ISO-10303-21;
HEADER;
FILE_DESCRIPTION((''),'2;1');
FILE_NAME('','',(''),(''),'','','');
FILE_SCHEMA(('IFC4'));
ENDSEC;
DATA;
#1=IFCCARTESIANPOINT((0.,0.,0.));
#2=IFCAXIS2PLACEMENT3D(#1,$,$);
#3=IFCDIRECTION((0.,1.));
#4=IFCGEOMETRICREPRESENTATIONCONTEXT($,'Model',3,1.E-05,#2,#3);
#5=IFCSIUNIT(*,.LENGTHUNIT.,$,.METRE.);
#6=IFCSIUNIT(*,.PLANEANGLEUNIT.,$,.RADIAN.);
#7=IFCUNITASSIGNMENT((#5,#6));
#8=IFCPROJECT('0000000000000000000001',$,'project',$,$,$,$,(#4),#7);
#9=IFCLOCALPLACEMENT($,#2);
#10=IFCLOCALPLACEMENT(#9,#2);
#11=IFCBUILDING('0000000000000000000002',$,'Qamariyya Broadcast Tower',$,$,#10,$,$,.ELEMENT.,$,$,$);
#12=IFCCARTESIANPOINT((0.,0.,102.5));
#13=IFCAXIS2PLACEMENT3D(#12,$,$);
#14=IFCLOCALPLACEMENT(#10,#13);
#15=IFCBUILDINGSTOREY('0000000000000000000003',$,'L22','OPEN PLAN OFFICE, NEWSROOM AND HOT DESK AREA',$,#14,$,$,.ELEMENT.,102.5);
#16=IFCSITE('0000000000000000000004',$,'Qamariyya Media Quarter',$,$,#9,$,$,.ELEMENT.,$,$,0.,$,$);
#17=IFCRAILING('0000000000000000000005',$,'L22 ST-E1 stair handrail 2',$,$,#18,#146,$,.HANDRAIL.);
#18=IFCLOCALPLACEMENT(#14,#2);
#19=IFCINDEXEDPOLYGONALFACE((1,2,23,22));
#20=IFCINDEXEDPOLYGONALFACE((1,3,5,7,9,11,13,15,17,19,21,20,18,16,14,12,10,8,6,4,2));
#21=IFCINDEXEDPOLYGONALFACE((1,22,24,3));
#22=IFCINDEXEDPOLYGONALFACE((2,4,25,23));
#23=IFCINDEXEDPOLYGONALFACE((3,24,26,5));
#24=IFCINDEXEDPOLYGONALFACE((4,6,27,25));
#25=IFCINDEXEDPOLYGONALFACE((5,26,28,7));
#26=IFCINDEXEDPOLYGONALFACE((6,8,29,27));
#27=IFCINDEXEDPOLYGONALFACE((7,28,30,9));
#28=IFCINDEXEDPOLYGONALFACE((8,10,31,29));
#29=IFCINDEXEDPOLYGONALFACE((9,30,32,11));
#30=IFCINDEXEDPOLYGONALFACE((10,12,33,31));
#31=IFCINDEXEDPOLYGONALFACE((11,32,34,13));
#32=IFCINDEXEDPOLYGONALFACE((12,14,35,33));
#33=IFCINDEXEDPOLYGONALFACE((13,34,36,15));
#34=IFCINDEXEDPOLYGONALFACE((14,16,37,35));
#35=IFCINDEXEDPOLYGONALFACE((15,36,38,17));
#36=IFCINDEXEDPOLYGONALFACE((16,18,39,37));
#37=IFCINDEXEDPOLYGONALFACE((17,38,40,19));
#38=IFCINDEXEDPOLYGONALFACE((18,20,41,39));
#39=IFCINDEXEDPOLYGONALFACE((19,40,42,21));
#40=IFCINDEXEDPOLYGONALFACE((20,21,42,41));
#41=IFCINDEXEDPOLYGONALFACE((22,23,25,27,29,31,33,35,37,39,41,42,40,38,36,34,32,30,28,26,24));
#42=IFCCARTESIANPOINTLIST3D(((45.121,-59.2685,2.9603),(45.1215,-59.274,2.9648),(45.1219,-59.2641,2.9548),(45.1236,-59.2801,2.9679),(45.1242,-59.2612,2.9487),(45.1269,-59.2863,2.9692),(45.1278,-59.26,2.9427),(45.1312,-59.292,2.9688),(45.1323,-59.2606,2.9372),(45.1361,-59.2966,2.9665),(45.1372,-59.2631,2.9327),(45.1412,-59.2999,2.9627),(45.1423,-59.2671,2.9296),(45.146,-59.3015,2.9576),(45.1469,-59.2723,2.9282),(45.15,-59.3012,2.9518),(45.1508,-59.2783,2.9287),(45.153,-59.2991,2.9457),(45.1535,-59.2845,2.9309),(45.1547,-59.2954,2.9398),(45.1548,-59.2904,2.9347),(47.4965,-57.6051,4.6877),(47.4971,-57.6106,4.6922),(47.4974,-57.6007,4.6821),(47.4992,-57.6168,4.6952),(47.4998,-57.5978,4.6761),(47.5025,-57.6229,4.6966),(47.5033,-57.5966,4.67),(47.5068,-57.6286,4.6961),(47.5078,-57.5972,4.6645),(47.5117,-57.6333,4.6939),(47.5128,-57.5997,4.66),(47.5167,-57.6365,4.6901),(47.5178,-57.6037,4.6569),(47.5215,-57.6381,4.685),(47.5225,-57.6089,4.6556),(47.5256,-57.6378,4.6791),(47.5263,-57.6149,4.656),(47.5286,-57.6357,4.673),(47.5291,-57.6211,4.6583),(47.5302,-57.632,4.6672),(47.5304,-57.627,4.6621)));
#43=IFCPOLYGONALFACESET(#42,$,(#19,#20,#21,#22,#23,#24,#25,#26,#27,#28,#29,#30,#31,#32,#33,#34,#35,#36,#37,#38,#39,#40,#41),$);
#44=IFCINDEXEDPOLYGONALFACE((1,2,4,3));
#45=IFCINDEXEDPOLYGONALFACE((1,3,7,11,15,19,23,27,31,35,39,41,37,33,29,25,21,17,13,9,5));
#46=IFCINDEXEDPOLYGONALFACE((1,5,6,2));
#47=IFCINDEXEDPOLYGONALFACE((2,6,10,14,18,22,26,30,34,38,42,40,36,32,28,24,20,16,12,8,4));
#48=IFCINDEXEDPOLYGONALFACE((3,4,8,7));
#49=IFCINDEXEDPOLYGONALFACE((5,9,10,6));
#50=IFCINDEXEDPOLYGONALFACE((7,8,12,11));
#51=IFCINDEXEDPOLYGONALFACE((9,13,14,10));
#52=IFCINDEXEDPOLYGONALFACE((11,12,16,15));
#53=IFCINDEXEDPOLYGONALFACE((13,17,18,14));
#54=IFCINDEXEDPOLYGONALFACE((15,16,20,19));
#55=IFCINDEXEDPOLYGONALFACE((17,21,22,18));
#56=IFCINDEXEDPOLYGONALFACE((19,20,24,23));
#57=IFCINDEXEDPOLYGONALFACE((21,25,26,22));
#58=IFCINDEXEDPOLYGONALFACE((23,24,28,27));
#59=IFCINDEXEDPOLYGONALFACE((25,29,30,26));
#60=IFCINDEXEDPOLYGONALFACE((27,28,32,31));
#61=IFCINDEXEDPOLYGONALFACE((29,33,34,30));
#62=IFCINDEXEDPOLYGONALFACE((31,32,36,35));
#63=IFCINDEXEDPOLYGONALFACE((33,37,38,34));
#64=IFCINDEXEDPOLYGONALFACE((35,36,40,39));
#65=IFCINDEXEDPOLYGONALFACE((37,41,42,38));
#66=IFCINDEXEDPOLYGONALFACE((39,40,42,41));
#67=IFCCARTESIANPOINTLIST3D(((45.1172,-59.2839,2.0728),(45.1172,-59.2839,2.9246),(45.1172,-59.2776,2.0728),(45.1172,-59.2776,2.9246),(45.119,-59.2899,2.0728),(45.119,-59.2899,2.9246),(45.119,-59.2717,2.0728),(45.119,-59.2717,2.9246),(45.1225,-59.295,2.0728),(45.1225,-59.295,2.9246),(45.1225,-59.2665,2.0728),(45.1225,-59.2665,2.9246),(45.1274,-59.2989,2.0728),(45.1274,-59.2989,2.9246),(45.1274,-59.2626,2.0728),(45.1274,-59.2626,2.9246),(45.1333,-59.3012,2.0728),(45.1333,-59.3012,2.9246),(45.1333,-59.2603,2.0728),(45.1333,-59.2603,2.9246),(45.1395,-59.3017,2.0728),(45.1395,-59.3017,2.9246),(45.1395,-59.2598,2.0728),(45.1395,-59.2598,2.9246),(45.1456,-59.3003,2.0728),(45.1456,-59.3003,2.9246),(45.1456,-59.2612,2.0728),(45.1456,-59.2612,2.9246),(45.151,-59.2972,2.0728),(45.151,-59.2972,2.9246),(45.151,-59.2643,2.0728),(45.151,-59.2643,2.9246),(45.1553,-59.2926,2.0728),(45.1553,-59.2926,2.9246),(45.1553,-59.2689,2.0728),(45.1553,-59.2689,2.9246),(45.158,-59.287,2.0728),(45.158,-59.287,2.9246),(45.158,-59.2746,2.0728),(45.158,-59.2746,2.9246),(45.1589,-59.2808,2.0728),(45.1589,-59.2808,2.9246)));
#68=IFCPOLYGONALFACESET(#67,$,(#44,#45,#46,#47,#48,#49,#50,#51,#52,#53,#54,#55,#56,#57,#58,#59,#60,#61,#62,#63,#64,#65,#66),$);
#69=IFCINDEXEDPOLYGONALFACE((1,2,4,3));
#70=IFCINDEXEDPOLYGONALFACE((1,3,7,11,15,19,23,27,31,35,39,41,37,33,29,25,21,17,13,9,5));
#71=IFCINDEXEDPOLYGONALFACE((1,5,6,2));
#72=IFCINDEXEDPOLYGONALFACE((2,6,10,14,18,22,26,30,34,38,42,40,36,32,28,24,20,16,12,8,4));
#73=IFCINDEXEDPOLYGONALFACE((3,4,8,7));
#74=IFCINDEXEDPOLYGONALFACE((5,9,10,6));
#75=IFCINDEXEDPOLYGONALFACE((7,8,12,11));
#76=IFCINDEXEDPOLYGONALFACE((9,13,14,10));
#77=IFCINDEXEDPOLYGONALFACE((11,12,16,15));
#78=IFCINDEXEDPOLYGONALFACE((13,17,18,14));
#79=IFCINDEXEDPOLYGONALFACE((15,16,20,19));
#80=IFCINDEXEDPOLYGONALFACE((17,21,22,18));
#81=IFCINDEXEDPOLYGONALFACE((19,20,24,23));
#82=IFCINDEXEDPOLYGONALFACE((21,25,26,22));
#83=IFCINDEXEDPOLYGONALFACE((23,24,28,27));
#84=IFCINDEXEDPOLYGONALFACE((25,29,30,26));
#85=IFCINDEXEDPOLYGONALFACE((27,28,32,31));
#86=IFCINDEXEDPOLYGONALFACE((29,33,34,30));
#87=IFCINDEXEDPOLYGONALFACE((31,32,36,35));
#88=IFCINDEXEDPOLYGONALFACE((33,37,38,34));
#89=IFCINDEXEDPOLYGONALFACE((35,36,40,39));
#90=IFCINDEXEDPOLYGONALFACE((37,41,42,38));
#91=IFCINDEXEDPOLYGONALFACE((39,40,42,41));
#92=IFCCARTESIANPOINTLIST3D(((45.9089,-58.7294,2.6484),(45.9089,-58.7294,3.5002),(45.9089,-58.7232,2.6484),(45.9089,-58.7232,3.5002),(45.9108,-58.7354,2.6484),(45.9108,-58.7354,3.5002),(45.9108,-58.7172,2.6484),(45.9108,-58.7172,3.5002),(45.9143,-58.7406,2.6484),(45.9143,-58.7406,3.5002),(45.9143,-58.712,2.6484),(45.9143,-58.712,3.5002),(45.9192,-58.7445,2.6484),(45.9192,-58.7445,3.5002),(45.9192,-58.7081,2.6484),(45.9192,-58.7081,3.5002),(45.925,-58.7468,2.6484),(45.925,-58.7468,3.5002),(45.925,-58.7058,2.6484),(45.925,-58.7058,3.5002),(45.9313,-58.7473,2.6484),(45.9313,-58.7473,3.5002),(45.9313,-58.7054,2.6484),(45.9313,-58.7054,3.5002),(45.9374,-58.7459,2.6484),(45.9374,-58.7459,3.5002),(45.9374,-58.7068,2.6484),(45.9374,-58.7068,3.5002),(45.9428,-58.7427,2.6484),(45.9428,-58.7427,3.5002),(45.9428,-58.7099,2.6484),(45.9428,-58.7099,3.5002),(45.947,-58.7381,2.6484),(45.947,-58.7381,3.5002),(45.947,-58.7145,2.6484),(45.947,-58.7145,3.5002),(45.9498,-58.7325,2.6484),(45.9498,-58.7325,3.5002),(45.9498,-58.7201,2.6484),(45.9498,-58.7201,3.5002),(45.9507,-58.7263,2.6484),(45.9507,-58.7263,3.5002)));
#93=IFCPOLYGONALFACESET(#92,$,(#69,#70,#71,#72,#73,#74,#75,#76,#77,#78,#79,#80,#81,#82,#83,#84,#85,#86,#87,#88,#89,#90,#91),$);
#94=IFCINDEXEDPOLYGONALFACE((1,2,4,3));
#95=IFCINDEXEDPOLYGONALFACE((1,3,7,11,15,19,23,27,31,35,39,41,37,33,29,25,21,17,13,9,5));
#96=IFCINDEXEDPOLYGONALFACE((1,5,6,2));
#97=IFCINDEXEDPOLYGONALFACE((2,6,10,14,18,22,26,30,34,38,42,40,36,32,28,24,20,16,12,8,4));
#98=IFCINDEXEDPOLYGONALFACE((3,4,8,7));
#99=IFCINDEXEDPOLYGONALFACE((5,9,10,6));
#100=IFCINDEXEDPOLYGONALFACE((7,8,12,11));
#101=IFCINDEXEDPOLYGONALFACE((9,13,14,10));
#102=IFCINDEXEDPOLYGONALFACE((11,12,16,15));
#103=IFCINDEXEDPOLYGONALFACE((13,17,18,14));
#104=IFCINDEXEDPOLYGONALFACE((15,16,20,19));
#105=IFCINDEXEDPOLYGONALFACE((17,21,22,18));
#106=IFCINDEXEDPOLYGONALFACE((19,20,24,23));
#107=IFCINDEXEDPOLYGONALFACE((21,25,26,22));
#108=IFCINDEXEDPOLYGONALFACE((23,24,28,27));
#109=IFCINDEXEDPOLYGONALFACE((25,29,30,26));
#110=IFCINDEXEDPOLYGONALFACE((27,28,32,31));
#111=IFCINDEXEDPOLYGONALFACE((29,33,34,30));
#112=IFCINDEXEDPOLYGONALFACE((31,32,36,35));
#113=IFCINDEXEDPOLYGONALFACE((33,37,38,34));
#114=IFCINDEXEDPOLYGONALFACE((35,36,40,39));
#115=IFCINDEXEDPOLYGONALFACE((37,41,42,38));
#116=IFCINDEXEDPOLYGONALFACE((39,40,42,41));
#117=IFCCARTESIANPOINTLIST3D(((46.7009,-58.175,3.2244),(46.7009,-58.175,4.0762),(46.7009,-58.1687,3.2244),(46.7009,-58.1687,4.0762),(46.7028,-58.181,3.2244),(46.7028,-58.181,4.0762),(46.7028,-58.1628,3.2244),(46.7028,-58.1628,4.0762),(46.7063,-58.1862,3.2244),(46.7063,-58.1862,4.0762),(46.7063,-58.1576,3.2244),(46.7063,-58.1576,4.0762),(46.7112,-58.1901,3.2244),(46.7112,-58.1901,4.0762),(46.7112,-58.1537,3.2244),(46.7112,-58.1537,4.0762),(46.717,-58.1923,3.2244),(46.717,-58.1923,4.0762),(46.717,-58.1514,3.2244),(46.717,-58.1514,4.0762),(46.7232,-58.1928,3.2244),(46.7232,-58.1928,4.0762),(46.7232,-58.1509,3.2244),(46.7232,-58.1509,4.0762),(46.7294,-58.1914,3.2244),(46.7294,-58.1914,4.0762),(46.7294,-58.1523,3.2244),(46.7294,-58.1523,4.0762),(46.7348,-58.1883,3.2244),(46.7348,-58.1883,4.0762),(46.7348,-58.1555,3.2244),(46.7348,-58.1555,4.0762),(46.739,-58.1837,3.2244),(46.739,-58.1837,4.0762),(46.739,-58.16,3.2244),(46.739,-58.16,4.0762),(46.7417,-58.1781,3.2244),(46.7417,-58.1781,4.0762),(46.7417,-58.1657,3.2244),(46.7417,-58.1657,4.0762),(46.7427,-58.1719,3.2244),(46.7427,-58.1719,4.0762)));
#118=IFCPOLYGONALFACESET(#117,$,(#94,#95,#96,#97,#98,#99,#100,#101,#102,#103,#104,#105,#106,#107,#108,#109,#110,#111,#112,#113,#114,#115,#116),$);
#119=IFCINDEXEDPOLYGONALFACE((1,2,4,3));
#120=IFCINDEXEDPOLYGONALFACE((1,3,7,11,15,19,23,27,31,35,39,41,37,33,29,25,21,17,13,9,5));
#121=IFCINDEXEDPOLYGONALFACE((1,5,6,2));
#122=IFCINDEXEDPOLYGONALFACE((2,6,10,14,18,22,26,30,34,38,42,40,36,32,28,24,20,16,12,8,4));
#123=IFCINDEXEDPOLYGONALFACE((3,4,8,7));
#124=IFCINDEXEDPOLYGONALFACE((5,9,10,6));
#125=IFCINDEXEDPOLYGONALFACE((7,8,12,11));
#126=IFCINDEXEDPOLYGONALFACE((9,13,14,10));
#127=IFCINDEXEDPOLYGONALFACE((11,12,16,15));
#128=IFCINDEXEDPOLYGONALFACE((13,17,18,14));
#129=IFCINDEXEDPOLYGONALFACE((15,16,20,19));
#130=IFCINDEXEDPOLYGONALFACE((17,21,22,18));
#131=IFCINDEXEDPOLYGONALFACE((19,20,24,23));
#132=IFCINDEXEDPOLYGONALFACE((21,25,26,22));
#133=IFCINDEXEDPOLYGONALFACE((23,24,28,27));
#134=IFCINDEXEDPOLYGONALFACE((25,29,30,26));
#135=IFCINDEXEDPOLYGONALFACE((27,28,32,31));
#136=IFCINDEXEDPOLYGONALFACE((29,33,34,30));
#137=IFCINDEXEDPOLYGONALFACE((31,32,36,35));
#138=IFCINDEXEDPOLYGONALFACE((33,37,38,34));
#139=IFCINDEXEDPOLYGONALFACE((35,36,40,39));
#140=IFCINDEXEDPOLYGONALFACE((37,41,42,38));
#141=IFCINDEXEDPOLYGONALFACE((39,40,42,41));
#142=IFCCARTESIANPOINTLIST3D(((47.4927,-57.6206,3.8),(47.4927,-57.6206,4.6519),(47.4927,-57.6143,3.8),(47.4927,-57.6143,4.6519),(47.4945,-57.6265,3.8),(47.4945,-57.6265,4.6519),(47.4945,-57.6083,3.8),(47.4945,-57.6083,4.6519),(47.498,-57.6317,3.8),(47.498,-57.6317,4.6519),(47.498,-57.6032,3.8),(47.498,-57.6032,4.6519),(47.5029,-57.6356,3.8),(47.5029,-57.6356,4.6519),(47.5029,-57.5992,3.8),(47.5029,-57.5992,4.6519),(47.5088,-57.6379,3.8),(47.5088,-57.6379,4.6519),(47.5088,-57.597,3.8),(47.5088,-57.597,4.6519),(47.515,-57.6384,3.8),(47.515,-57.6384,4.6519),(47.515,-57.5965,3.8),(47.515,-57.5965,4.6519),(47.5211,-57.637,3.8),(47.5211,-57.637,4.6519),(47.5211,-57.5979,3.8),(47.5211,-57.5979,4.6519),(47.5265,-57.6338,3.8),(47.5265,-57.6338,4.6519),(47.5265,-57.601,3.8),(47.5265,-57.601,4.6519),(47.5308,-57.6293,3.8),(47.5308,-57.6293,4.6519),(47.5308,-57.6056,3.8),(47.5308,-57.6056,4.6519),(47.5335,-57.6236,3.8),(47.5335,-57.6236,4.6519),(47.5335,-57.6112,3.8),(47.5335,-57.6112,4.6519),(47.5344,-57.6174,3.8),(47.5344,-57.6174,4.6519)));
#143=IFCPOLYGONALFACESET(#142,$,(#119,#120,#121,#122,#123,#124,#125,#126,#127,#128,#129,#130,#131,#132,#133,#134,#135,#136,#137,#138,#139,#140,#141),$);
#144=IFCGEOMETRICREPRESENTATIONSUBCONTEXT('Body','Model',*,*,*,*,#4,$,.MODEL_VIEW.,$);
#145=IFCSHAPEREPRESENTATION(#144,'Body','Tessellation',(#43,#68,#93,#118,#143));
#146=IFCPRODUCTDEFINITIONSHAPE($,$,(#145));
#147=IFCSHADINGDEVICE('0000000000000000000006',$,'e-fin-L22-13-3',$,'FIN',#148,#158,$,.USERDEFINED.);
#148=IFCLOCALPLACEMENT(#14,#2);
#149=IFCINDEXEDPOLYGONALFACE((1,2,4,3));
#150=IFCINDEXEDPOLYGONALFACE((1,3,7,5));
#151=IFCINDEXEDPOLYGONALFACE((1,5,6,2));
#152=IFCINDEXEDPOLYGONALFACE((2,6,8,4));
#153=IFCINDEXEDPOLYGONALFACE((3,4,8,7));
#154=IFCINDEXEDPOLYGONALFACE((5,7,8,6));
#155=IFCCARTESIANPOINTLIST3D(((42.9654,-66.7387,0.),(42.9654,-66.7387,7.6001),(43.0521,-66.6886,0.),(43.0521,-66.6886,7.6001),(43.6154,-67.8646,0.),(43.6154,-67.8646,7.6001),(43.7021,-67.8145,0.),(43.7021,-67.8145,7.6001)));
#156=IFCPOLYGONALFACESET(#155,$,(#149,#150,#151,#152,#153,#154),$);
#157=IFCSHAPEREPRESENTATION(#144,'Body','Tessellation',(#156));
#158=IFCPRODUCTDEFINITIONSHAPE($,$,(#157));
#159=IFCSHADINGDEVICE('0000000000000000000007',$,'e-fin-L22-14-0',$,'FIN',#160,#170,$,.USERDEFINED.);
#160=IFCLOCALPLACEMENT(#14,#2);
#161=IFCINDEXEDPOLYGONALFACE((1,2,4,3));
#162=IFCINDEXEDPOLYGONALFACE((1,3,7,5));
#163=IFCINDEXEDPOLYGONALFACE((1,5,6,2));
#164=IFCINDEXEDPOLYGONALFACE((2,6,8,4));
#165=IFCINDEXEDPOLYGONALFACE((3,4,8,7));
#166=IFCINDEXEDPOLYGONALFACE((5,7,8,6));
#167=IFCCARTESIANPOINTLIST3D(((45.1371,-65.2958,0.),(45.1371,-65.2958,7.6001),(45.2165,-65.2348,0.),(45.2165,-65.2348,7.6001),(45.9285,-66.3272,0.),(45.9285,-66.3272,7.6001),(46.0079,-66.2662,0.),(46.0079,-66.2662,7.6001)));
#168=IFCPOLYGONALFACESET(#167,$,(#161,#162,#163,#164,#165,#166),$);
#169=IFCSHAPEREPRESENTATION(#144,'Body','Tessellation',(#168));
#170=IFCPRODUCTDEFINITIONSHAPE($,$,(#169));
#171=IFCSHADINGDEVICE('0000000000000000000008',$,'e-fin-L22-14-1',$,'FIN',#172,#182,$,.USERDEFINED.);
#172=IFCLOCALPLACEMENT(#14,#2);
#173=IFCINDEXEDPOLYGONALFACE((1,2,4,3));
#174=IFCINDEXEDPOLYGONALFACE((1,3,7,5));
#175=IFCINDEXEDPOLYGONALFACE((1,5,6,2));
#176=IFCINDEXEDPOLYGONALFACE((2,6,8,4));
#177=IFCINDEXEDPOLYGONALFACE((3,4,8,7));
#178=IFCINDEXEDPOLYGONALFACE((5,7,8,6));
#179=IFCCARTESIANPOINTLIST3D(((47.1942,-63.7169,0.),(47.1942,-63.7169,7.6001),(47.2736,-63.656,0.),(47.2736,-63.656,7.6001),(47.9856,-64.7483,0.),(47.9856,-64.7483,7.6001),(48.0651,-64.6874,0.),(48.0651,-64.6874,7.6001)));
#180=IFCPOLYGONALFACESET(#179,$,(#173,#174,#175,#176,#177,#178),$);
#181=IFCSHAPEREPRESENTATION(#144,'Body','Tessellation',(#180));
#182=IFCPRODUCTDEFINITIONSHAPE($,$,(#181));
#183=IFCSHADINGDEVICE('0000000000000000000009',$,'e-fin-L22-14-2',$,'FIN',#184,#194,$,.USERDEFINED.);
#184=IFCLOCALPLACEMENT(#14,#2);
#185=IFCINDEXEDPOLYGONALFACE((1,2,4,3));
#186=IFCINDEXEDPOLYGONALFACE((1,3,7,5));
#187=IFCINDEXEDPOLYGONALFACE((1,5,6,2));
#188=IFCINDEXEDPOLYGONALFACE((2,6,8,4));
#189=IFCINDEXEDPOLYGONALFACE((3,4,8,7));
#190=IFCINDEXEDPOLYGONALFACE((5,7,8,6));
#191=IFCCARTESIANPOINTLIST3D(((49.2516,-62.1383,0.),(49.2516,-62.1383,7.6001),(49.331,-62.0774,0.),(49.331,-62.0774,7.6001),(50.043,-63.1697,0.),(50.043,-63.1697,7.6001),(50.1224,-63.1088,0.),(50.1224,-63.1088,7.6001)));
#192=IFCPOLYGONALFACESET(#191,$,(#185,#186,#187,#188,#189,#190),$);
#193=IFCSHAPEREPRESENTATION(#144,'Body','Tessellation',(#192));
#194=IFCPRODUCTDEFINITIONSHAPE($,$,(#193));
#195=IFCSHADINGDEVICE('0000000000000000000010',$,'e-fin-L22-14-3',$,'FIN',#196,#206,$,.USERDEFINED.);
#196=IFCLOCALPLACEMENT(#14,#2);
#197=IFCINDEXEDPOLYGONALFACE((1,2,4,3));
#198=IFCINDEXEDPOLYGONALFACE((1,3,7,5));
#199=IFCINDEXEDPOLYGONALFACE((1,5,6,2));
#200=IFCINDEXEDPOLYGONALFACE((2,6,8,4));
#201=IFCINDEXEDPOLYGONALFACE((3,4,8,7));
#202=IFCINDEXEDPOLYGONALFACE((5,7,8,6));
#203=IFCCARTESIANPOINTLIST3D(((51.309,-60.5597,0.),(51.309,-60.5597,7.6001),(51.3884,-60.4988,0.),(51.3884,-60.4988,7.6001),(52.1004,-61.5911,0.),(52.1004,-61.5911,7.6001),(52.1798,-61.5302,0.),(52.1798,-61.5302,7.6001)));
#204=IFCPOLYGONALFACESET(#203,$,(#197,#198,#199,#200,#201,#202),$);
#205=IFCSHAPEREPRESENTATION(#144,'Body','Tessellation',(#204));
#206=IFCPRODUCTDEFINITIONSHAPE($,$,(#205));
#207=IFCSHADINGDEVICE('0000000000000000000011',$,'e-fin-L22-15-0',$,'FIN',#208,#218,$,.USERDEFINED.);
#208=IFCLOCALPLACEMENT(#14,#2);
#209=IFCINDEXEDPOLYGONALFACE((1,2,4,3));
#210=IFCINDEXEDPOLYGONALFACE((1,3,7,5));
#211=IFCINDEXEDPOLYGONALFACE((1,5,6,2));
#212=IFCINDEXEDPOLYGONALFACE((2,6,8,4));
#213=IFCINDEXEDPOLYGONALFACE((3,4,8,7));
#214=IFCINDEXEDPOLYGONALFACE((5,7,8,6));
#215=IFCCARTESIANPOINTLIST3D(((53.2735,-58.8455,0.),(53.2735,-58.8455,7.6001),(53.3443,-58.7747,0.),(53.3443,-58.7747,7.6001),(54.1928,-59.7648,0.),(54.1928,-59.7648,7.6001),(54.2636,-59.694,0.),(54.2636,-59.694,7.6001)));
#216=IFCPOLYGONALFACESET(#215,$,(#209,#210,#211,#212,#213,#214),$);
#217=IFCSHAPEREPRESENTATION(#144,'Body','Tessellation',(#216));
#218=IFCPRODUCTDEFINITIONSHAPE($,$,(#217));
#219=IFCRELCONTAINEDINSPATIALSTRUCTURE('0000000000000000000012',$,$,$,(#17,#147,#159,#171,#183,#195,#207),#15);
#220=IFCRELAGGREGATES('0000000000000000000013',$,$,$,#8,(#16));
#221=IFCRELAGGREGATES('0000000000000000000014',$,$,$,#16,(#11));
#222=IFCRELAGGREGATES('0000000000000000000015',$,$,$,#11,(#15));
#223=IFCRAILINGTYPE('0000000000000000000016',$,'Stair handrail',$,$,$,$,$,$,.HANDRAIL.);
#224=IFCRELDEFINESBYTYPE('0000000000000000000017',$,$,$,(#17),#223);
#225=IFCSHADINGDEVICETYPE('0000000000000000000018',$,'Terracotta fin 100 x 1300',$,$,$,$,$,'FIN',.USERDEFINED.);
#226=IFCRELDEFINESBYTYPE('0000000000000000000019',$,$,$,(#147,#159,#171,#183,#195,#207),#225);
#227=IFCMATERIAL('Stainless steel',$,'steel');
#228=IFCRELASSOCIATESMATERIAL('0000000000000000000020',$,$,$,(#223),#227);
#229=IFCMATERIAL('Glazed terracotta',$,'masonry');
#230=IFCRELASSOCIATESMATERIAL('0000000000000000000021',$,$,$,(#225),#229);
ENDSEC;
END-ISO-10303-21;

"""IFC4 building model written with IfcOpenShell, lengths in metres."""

from ifc_helpers import new_model, si_unit, direction, frame, origin, origin_2d, place, context, subcontext, project, spatial, rectangle, circle, extrude, material, material_profile, profile_set, type_object, element, save


model = new_model("IFC4")

# Units and contexts
model_context = context("Model", 3, precision=1e-05, world=origin(), true_north=direction((0.0, 1.0)))
body_context = subcontext(model_context, "Body", "Model", "MODEL_VIEW")
ifc_project = project(units=[si_unit("LENGTHUNIT", "METRE"), si_unit("PLANEANGLEUNIT", "RADIAN")], contexts=[model_context])

# Site, building, storey
site_placement = place(None, origin())
site = spatial("IfcSite", under=ifc_project, at=site_placement, Name="Qamariyya Media Quarter", CompositionType="ELEMENT", RefElevation=0.0)
building_placement = place(site_placement, origin())
building = spatial("IfcBuilding", under=site, at=building_placement, Name="Qamariyya Broadcast Tower", CompositionType="ELEMENT")
storey_placement = place(building_placement, frame((0.0, 0.0, 102.5)))
storey = spatial("IfcBuildingStorey", under=building, at=storey_placement, Name="L22", Description="OPEN PLAN OFFICE, NEWSROOM AND HOT DESK AREA", CompositionType="ELEMENT", Elevation=102.5)

# Railing
ifc_material_1 = material(Name="Stainless steel", Category="steel")
railing_type_1 = type_object("IfcRailingType", Name="Stair handrail", PredefinedType="HANDRAIL", material=ifc_material_1)
railing_1_placement = place(storey_placement, frame((45.1379, -59.2808, 2.0728)))
element("IfcRailing", 1, at=railing_1_placement, inside=storey, type_object=railing_type_1, Name="L22 ST-E1 stair handrail 2", PredefinedType="HANDRAIL", context=body_context, shape_type="SweptSolid", body=[
    extrude(circle(Radius=0.0239, at=origin_2d()), frame((0.0, 0.0, 0.876), z_axis=(0.70377, 0.492784, 0.511734), x_axis=(-0.573575, 0.819153, 0.0)), (0.0, 0.0, 1.0), 3.3755),
    extrude(circle(Radius=0.021, at=origin_2d()), origin(), (0.0, 0.0, 1.0), 0.8518),
    extrude(circle(Radius=0.021, at=origin_2d()), frame((0.7917, 0.5544, 0.5757)), (0.0, 0.0, 1.0), 0.8518),
    extrude(circle(Radius=0.021, at=origin_2d()), frame((1.5837, 1.1089, 1.1516)), (0.0, 0.0, 1.0), 0.8518),
    extrude(circle(Radius=0.021, at=origin_2d()), frame((2.3755, 1.6633, 1.7273)), (0.0, 0.0, 1.0), 0.8518),
])

# Shading devices
ifc_material_2 = material(Name="Glazed terracotta", Category="masonry")
ifc_material_profile_1 = material_profile(ifc_material_2, rectangle(XDim=1.3, YDim=0.1001, at=origin_2d()))
ifc_profile_set_1 = profile_set([ifc_material_profile_1], Name="Glazed terracotta")
shading_device_type_1 = type_object("IfcShadingDeviceType", Name="Terracotta fin 100 x 1300", ElementType="FIN", PredefinedType="USERDEFINED", material=ifc_profile_set_1)
for number, where, z_axis, x_axis, name in (
    (2, (43.3337, -67.2766, 0.0), (0.0, 0.0, 1.0), (0.5, -0.866025, 0.0), "e-fin-L22-13-3"),
    (3, (45.5725, -65.781, 0.0), (0.0, 0.0, 1.0), (0.608761, -0.793353, 0.0), "e-fin-L22-14-0"),
    (4, (47.6296, -64.2021, 0.0), (0.0, 0.0, 1.0), (0.608761, -0.793353, 0.0), "e-fin-L22-14-1"),
    (5, (49.687, -62.6235, 0.0), (0.0, 0.0, 1.0), (0.608761, -0.793353, 0.0), "e-fin-L22-14-2"),
    (6, (51.7444, -61.0449, 0.0), (0.0, 0.0, 1.0), (0.608761, -0.793353, 0.0), "e-fin-L22-14-3"),
    (7, (53.7686, -59.2698, 0.0), (0.0, 0.0, 1.0), (0.707107, -0.707107, 0.0), "e-fin-L22-15-0"),
):
    element("IfcShadingDevice", number, at=place(storey_placement, frame(where, z_axis=z_axis, x_axis=x_axis)), inside=storey, type_object=shading_device_type_1, Name=name, ObjectType="FIN", PredefinedType="USERDEFINED", context=body_context, shape_type="SweptSolid", body=[
        extrude(rectangle(XDim=1.3, YDim=0.1001, at=origin_2d()), origin(), (0.0, 0.0, 1.0), 7.6001),
    ])

save(model, "model.ifc")
